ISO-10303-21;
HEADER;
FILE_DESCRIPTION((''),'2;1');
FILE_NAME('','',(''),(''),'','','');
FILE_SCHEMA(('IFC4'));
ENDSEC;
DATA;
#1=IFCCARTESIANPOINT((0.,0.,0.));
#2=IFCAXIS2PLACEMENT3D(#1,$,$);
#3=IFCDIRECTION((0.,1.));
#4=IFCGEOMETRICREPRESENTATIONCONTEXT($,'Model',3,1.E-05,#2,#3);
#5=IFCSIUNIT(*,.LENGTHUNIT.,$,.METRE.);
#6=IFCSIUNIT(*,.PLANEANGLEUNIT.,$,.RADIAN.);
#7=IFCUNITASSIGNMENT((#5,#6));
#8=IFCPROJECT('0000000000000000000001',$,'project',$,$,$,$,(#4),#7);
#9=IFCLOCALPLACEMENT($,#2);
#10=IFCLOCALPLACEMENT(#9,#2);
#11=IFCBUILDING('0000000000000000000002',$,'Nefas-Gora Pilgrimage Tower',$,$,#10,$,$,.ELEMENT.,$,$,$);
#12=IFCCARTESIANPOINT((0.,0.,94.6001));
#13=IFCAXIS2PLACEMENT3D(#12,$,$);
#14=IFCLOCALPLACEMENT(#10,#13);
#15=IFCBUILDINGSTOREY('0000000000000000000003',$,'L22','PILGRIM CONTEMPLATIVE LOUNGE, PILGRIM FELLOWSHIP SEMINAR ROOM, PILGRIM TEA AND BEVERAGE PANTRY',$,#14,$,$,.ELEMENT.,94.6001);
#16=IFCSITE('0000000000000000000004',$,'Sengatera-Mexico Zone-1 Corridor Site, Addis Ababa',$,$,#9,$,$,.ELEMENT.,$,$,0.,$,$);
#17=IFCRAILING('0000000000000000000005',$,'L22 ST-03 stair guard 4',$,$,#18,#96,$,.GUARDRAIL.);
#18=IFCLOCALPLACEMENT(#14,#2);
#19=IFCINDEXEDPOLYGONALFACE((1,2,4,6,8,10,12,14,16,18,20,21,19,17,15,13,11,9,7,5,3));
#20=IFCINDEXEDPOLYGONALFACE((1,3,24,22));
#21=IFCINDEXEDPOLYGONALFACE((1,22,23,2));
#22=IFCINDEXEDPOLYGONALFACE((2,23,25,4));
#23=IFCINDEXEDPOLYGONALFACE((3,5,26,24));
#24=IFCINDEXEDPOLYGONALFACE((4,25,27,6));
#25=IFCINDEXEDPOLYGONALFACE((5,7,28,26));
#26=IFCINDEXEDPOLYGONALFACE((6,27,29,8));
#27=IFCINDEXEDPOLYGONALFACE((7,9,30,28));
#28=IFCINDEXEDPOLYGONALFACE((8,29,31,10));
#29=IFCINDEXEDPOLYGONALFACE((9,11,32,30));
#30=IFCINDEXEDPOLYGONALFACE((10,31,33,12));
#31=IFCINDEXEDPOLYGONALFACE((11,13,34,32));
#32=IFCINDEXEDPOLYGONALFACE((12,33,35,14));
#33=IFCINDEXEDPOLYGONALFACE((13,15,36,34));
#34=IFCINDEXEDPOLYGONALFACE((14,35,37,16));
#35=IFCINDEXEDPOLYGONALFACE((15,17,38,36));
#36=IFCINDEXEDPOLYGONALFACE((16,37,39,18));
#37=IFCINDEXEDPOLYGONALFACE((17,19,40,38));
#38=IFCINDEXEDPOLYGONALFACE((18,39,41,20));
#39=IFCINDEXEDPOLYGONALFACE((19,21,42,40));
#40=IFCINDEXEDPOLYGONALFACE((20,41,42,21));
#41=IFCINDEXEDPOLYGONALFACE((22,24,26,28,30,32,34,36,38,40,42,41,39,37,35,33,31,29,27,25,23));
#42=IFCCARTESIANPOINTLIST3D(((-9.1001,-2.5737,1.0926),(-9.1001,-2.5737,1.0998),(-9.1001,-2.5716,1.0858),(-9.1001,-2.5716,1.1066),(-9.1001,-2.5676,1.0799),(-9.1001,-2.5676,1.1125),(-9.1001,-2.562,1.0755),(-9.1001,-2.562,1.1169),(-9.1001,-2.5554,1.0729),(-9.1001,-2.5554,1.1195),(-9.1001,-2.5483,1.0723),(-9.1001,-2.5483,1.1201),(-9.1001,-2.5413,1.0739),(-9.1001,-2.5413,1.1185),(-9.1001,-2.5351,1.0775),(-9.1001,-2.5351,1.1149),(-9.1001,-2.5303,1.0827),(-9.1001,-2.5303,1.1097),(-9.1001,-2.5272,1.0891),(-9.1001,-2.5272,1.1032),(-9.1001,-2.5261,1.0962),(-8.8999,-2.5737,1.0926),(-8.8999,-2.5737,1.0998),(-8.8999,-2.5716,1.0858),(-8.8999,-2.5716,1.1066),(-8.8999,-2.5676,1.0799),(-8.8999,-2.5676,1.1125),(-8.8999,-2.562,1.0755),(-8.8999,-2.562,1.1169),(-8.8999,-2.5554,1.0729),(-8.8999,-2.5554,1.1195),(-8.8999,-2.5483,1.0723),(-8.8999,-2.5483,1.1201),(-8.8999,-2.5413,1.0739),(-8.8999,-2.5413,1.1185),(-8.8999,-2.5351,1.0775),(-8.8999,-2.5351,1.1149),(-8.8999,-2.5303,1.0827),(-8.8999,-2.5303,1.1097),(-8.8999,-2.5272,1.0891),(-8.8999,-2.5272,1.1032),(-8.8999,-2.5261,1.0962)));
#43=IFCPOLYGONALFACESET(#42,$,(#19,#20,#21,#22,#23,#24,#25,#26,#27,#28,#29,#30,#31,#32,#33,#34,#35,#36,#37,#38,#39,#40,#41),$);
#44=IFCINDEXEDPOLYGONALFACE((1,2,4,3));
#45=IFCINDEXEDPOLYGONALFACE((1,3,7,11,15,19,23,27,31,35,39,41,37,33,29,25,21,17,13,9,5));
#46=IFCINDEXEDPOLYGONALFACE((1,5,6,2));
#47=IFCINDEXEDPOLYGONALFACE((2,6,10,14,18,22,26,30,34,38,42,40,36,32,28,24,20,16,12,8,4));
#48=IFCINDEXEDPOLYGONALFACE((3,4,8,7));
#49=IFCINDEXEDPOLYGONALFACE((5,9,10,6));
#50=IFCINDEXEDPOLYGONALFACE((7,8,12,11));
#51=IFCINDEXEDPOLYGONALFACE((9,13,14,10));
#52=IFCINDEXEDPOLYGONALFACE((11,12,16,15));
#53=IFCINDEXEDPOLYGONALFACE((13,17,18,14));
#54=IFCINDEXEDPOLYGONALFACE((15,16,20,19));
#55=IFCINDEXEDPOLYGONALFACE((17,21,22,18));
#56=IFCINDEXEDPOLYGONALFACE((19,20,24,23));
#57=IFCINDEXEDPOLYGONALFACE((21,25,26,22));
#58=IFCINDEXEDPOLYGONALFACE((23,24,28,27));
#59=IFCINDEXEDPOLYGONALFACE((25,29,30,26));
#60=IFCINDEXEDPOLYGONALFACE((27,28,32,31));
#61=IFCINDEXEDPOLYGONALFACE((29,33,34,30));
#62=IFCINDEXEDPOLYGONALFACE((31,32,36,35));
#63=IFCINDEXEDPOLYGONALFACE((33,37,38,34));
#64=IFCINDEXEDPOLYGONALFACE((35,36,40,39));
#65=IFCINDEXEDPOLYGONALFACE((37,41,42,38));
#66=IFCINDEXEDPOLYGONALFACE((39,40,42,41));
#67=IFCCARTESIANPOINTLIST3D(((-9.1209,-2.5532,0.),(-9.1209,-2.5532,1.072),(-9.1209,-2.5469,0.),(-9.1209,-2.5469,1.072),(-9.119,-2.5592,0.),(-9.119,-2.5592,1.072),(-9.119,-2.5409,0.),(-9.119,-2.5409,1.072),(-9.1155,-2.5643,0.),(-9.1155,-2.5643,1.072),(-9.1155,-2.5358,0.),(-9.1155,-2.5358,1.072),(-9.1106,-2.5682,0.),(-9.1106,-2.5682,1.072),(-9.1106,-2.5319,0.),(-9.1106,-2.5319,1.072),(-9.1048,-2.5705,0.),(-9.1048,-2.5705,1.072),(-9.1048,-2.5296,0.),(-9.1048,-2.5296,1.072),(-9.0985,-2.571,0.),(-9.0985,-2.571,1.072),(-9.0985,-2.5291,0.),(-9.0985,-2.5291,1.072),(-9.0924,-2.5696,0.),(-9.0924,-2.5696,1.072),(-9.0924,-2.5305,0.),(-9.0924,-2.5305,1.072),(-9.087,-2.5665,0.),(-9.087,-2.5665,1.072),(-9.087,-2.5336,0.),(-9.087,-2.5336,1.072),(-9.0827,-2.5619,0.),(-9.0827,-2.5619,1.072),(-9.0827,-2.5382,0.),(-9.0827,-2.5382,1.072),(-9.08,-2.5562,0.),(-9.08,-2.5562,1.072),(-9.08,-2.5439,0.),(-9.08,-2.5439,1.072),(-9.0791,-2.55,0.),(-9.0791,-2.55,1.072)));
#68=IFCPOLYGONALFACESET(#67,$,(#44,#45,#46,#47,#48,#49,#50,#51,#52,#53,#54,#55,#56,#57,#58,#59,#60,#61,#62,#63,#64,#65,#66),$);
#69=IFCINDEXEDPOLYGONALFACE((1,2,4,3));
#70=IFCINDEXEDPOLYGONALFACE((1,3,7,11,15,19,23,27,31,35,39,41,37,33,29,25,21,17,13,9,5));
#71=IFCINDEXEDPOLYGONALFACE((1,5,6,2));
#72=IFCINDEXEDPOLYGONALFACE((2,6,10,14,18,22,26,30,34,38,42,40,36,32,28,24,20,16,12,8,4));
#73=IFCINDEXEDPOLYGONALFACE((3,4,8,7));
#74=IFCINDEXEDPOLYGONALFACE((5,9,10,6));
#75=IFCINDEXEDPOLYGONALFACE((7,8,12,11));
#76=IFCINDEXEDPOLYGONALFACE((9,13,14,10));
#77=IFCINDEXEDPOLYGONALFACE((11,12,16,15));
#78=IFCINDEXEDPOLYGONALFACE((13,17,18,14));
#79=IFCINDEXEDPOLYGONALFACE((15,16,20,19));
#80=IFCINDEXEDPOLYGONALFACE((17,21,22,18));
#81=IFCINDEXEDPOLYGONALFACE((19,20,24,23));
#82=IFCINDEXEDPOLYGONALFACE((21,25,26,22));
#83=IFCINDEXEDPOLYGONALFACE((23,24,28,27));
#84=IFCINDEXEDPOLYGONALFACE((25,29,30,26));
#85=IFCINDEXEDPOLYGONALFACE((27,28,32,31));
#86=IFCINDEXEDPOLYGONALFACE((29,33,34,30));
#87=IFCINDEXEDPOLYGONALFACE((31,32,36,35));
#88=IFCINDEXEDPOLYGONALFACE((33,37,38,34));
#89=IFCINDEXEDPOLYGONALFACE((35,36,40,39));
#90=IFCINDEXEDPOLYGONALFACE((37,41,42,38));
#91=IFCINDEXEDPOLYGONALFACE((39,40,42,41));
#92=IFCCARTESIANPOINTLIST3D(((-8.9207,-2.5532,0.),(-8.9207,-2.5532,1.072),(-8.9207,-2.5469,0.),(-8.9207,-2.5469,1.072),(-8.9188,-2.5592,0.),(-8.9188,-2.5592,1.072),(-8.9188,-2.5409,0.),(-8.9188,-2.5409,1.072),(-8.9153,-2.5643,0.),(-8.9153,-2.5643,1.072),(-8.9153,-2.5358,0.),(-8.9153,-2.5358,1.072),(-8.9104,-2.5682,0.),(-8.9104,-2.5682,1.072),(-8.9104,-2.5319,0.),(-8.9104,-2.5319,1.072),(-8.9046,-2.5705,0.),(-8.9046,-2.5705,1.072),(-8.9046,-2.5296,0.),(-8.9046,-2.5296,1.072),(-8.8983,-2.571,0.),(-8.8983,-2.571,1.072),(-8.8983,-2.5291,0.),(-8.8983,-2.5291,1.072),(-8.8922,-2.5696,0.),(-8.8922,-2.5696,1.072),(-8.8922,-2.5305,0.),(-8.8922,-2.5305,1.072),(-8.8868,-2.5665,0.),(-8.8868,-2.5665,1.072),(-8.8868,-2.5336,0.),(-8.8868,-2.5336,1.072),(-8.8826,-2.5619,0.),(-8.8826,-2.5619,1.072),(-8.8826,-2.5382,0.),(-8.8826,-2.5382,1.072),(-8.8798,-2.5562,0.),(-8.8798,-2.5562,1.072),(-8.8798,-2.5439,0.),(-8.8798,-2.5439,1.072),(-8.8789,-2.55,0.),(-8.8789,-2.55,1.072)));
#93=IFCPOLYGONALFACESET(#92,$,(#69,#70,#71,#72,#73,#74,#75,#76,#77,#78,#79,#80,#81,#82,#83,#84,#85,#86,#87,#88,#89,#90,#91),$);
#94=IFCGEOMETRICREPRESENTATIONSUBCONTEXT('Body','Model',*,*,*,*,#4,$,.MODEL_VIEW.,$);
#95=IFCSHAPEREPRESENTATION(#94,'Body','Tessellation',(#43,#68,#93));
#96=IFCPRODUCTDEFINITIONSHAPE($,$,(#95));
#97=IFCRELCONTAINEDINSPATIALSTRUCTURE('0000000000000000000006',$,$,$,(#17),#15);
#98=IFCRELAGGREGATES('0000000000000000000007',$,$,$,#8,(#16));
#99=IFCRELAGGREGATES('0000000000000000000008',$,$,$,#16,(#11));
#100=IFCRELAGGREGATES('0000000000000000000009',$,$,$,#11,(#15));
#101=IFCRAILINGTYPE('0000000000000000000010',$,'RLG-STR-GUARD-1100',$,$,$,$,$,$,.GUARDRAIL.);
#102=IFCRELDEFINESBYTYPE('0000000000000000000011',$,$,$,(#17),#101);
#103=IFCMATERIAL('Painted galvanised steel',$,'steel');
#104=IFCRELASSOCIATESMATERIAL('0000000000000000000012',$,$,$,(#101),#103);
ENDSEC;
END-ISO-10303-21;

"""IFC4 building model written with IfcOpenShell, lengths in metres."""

from ifc_helpers import new_model, si_unit, direction, frame, origin, origin_2d, place, context, subcontext, project, spatial, circle, extrude, material, type_object, element, save


model = new_model("IFC4")

# Units and contexts
model_context = context("Model", 3, precision=1e-05, world=origin(), true_north=direction((0.0, 1.0)))
body_context = subcontext(model_context, "Body", "Model", "MODEL_VIEW")
ifc_project = project(units=[si_unit("LENGTHUNIT", "METRE"), si_unit("PLANEANGLEUNIT", "RADIAN")], contexts=[model_context])

# Site, building, storey
site_placement = place(None, origin())
site = spatial("IfcSite", under=ifc_project, at=site_placement, Name="Sengatera-Mexico Zone-1 Corridor Site, Addis Ababa", CompositionType="ELEMENT", RefElevation=0.0)
building_placement = place(site_placement, origin())
building = spatial("IfcBuilding", under=site, at=building_placement, Name="Nefas-Gora Pilgrimage Tower", CompositionType="ELEMENT")
storey_placement = place(building_placement, frame((0.0, 0.0, 94.6001)))
storey = spatial("IfcBuildingStorey", under=building, at=storey_placement, Name="L22", Description="PILGRIM CONTEMPLATIVE LOUNGE, PILGRIM FELLOWSHIP SEMINAR ROOM, PILGRIM TEA AND BEVERAGE PANTRY", CompositionType="ELEMENT", Elevation=94.6001)

# Railing
ifc_material_1 = material(Name="Painted galvanised steel", Category="steel")
railing_type_1 = type_object("IfcRailingType", Name="RLG-STR-GUARD-1100", PredefinedType="GUARDRAIL", material=ifc_material_1)
railing_1_placement = place(storey_placement, frame((-9.1001, -2.55, 0.0)))
element("IfcRailing", 1, at=railing_1_placement, inside=storey, type_object=railing_type_1, Name="L22 ST-03 stair guard 4", PredefinedType="GUARDRAIL", context=body_context, shape_type="SweptSolid", body=[
    extrude(circle(Radius=0.0239, at=origin_2d()), frame((0.0, 0.0, 1.0962), z_axis=(1.0, 0.0, 0.0), x_axis=(0.0, 1.0, 0.0)), (0.0, 0.0, 1.0), 0.2002),
    extrude(circle(Radius=0.021, at=origin_2d()), origin(), (0.0, 0.0, 1.0), 1.072),
    extrude(circle(Radius=0.021, at=origin_2d()), frame((0.2002, 0.0, 0.0)), (0.0, 0.0, 1.0), 1.072),
])

save(model, "model.ifc")
